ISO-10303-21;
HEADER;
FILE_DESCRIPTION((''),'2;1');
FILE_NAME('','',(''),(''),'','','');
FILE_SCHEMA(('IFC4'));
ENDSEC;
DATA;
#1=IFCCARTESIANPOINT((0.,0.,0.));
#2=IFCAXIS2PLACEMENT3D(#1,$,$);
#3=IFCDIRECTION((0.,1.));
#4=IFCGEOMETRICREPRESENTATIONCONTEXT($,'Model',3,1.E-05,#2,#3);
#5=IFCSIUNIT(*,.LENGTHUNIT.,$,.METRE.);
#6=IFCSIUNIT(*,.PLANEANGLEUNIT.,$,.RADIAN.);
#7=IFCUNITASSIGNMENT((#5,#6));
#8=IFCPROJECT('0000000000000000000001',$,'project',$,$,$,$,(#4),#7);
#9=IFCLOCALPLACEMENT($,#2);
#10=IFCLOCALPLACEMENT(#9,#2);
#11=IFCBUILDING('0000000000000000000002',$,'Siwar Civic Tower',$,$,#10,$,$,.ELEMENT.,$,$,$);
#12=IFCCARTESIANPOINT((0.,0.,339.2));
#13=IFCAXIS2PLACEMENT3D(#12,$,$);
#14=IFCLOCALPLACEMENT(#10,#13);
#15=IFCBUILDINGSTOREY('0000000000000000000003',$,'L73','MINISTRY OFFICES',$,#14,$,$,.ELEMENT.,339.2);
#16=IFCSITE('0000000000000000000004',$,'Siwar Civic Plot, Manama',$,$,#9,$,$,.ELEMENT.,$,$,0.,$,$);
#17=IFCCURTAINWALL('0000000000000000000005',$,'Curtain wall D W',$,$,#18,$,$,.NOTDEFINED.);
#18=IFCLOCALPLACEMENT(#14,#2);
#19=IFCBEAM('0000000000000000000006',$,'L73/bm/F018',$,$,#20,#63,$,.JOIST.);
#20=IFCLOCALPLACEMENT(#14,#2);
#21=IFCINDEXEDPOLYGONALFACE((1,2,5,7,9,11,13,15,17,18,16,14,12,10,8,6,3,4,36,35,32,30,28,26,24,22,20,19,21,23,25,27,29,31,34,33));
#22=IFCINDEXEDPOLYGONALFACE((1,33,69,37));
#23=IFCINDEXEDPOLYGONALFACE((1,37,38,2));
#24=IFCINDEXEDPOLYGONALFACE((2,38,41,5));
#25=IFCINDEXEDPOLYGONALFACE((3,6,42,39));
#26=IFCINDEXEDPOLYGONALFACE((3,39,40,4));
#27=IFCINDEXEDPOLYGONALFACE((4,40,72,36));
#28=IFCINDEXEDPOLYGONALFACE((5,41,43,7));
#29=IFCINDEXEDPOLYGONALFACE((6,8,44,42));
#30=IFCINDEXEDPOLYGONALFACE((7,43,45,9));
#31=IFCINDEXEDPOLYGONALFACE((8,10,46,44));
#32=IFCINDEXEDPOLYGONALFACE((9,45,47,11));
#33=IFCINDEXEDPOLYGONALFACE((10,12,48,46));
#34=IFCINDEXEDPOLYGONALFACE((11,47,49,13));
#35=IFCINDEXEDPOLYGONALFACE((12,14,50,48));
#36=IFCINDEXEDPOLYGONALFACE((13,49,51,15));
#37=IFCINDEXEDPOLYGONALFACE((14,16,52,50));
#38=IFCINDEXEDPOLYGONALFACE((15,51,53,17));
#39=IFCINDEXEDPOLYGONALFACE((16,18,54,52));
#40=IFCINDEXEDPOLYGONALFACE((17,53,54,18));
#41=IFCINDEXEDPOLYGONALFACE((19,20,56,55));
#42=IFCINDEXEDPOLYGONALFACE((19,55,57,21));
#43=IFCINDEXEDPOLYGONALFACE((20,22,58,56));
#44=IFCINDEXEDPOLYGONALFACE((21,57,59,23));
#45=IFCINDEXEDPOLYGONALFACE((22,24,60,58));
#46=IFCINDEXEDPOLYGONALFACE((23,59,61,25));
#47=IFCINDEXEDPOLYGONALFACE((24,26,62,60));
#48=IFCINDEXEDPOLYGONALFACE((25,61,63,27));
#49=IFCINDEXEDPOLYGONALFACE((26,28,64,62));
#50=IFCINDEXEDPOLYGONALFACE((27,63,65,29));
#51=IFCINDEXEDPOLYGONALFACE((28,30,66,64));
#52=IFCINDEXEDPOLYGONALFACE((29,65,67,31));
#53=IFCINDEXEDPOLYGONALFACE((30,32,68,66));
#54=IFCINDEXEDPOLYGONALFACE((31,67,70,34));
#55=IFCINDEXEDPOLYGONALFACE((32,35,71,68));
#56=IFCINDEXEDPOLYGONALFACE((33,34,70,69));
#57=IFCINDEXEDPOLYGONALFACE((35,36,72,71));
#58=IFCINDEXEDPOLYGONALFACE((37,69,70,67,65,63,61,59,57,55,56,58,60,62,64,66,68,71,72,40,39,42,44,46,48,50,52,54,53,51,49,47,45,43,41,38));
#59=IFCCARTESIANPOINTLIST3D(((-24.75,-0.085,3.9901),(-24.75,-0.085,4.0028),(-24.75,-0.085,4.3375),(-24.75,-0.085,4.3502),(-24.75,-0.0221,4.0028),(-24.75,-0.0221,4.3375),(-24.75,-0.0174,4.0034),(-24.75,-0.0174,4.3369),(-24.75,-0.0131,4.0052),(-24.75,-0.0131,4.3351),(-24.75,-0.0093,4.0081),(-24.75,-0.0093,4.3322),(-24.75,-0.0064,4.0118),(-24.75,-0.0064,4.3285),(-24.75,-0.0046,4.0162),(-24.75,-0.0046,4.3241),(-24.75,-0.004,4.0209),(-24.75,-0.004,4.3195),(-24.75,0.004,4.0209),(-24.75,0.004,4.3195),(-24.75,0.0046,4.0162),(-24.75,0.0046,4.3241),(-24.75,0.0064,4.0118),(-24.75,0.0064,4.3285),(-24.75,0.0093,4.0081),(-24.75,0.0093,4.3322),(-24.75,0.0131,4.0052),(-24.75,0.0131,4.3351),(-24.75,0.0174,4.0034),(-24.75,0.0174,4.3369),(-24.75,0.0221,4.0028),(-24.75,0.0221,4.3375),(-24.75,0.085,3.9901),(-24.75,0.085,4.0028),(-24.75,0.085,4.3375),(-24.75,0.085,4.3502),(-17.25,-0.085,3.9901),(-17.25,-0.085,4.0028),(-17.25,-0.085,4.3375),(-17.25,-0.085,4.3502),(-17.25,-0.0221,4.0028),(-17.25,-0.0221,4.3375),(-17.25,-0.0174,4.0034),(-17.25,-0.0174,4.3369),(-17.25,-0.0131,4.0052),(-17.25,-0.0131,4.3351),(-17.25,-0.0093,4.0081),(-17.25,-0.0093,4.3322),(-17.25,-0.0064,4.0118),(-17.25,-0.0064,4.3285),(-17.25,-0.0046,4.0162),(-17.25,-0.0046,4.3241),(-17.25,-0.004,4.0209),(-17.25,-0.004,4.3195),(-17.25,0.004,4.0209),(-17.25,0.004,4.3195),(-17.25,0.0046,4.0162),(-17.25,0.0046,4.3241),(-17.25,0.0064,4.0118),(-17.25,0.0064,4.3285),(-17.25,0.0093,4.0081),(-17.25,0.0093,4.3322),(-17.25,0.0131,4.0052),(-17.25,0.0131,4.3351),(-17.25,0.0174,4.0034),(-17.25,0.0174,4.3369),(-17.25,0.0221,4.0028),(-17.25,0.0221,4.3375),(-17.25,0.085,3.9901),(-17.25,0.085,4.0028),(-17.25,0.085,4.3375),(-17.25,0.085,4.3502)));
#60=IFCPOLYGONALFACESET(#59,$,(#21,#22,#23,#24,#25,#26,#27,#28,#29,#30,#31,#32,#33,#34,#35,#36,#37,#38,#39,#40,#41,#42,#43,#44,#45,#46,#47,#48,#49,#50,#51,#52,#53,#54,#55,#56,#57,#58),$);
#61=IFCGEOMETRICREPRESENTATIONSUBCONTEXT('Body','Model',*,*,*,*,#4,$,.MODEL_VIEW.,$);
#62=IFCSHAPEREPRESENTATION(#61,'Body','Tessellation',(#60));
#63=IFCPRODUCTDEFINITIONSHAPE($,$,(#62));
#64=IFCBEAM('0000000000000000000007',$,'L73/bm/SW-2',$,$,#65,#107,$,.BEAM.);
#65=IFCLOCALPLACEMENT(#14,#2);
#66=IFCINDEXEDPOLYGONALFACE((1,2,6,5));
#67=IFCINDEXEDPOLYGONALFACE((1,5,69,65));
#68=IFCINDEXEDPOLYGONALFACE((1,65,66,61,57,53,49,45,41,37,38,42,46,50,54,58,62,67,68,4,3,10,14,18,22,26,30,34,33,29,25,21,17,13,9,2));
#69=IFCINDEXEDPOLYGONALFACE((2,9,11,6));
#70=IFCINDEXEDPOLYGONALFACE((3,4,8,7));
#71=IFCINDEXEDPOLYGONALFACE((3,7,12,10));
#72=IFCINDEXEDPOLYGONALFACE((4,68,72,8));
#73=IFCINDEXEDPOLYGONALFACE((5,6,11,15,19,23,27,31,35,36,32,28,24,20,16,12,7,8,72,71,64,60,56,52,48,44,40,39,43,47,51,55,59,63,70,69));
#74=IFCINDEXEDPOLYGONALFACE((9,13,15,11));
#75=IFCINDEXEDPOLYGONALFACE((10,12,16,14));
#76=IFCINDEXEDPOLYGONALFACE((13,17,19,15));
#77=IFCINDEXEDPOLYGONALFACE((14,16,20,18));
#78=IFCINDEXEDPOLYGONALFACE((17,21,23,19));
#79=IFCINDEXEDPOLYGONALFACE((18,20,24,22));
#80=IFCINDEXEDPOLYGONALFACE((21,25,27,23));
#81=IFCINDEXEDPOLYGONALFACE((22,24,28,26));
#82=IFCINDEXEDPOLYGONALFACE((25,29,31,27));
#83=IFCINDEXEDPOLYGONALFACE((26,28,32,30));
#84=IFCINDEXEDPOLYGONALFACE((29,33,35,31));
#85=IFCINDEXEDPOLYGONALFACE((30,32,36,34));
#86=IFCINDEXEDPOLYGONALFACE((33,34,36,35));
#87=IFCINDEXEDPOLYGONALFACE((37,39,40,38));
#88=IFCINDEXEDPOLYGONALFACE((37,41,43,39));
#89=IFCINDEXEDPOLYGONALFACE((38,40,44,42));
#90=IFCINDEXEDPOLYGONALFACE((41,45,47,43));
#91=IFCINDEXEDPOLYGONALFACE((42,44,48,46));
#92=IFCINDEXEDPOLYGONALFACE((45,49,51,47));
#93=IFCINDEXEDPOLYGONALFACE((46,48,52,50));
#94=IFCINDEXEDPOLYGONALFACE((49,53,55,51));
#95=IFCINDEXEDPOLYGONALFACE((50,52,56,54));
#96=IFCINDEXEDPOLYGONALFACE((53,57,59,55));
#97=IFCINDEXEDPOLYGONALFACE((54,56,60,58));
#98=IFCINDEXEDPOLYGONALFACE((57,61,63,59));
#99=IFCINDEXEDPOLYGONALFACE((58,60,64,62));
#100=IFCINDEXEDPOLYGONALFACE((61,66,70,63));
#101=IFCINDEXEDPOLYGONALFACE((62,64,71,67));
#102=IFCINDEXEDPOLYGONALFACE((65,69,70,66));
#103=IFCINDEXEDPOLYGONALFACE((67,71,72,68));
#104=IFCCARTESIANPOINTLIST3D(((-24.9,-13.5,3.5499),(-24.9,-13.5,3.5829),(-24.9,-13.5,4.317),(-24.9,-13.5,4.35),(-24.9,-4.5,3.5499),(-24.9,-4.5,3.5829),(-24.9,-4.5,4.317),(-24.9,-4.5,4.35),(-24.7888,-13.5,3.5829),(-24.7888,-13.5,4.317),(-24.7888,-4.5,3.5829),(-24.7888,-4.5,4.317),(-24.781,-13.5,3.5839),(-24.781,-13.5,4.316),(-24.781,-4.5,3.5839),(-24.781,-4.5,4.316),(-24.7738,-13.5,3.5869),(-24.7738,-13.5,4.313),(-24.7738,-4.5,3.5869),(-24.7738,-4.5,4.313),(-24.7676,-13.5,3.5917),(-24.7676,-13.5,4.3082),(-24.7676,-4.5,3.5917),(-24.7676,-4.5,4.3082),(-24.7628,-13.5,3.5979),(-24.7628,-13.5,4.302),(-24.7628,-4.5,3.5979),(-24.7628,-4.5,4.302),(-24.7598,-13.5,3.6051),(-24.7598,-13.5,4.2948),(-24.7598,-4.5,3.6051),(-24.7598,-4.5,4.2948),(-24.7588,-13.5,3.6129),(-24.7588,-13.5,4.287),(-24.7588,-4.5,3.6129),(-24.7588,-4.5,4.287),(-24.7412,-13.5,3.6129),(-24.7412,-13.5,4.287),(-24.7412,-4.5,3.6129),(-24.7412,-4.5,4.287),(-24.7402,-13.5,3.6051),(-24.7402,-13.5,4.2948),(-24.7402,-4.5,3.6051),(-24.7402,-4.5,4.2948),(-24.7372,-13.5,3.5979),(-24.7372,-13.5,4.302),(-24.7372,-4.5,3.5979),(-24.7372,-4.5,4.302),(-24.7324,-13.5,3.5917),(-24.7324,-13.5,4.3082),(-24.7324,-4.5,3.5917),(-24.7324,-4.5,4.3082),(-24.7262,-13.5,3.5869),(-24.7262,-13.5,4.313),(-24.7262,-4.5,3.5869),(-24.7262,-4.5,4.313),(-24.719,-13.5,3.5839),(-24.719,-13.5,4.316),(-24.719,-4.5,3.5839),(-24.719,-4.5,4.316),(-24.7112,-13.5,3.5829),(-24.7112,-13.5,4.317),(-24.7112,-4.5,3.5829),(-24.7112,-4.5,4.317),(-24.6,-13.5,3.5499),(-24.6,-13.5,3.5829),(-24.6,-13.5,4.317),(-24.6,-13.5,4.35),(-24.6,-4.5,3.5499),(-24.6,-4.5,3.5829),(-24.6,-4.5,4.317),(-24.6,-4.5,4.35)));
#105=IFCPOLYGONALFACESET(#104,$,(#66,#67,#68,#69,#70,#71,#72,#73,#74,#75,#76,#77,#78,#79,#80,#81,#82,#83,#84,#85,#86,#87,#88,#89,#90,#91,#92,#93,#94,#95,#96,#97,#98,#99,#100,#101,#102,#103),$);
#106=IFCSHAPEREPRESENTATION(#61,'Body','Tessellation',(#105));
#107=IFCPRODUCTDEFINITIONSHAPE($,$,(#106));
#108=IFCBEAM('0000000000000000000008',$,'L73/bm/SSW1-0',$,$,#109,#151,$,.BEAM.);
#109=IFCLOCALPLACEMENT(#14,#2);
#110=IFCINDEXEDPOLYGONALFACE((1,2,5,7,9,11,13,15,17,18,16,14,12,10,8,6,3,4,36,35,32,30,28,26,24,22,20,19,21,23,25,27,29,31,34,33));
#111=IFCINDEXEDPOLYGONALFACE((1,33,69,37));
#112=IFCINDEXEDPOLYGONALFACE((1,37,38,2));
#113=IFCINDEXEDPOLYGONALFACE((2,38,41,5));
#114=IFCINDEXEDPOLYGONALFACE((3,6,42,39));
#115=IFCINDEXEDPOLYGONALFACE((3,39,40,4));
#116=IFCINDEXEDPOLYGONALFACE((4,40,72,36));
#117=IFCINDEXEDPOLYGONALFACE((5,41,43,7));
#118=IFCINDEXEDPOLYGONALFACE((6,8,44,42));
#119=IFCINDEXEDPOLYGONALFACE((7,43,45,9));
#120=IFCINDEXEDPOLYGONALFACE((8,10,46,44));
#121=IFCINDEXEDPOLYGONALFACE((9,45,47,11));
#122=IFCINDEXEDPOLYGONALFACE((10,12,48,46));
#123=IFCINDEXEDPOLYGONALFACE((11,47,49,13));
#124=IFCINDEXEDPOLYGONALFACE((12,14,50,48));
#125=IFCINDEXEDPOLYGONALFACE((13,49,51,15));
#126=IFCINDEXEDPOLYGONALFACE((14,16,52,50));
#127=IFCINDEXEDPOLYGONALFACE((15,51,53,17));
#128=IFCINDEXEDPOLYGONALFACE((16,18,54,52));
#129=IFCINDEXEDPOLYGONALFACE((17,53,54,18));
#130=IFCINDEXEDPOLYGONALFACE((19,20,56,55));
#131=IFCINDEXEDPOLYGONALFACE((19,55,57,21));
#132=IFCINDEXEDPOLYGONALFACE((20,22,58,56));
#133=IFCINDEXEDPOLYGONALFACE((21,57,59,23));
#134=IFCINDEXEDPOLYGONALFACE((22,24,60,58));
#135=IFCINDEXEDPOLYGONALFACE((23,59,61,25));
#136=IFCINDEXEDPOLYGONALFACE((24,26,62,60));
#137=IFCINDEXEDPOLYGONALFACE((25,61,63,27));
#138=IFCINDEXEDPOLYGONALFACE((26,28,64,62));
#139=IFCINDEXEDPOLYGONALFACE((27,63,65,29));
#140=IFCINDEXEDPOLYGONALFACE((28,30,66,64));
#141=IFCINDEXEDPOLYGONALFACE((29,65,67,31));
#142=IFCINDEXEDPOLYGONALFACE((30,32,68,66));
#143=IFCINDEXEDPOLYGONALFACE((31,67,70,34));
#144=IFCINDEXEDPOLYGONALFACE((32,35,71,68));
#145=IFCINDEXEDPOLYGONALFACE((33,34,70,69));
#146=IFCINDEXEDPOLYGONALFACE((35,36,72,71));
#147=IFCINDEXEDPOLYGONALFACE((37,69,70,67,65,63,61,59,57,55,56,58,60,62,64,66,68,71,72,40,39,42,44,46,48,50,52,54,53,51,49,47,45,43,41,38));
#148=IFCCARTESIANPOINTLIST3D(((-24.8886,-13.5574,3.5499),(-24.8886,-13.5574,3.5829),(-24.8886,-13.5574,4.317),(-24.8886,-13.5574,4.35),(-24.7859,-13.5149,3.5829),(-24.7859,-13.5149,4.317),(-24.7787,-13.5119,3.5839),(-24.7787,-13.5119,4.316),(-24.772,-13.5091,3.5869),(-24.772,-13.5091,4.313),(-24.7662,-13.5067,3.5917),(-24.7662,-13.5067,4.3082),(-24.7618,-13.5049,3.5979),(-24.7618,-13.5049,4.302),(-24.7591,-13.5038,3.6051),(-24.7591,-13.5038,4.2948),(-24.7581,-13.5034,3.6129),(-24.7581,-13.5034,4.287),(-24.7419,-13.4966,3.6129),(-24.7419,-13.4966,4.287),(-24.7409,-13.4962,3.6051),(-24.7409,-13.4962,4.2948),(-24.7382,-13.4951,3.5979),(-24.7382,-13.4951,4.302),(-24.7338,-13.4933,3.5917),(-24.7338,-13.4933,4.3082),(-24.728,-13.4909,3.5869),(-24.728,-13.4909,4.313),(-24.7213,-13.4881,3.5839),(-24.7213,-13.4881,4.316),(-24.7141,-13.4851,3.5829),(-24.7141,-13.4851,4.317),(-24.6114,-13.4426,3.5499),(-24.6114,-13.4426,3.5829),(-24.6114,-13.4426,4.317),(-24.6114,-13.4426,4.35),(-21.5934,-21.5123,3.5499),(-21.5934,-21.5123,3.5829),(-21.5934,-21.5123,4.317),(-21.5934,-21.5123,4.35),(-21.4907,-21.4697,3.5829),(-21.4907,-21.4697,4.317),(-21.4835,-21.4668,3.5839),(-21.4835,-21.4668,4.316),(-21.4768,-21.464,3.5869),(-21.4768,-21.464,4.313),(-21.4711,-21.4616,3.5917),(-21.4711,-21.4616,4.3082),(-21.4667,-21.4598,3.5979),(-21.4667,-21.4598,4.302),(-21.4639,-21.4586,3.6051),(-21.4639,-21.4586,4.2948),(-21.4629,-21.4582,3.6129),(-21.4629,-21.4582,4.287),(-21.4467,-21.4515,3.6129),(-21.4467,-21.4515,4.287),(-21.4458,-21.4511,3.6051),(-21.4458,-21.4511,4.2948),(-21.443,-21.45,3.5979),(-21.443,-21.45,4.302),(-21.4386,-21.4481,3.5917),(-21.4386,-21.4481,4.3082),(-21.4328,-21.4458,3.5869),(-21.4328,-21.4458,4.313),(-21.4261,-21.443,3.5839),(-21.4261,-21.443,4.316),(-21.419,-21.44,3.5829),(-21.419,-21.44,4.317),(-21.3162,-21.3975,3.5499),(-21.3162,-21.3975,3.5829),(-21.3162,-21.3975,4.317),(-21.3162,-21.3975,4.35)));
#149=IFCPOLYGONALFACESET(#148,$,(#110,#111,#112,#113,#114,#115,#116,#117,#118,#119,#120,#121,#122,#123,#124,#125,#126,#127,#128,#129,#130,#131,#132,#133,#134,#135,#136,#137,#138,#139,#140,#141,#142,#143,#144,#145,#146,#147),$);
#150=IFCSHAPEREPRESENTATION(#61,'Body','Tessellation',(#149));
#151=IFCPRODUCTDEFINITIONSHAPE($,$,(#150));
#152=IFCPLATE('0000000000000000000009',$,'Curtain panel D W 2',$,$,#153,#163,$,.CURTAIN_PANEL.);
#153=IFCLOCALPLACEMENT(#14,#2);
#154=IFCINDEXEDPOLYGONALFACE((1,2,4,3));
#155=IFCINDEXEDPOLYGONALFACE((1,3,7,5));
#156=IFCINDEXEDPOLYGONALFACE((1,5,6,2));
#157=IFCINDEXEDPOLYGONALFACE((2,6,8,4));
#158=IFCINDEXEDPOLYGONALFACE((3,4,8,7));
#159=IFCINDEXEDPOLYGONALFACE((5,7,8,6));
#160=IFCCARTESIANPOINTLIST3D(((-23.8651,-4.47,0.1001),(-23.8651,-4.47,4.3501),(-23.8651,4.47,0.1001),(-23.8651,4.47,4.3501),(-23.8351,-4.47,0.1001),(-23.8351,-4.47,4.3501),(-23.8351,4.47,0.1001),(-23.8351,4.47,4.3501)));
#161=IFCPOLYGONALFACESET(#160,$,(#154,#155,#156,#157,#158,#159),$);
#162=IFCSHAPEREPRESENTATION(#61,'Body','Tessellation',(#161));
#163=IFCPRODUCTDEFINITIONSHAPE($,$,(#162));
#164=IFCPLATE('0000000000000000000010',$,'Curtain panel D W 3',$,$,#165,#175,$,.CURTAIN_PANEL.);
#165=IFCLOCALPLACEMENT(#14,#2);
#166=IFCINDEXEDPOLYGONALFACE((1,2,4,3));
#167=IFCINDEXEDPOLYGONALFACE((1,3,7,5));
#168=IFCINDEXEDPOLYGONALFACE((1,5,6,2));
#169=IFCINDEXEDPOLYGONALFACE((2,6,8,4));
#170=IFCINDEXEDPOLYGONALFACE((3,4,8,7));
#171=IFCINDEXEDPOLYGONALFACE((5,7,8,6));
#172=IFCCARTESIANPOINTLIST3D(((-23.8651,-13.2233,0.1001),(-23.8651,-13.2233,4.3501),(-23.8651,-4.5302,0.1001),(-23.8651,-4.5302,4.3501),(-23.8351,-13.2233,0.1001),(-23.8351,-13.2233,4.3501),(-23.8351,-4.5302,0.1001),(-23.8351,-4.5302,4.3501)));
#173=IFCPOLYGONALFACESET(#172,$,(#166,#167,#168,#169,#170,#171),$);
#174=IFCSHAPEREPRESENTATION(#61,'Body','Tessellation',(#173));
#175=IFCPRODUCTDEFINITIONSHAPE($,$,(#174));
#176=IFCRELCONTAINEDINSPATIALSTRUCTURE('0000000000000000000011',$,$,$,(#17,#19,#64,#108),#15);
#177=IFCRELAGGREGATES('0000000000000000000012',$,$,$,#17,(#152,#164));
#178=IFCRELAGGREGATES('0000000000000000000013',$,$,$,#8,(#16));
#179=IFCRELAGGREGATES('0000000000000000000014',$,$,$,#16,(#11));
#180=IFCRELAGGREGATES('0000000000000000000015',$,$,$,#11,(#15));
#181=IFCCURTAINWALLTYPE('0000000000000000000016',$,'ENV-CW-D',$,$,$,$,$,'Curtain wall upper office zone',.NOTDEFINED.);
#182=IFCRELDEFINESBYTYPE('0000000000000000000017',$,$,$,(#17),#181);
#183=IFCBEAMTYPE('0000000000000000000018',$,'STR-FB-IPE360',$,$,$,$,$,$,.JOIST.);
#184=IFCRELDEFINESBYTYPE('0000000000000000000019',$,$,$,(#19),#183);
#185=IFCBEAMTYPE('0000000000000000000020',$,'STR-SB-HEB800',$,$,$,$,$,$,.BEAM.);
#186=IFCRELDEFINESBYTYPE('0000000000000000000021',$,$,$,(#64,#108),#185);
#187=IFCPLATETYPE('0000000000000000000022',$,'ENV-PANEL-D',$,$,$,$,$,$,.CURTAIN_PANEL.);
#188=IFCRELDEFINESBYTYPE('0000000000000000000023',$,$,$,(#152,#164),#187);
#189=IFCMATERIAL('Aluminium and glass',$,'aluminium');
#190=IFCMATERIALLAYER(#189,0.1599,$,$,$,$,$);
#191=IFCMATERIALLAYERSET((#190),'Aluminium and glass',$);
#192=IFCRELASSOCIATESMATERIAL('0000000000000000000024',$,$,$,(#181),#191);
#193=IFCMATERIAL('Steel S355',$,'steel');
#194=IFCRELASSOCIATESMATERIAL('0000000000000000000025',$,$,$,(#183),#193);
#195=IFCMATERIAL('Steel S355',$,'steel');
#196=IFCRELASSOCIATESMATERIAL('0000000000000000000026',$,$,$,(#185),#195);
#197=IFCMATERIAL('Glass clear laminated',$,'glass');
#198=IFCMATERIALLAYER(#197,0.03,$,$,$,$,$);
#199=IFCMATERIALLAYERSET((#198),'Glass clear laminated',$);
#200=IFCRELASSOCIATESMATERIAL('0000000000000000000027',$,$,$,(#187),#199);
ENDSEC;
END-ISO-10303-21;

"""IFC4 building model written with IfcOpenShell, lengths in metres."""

from ifc_helpers import new_model, si_unit, direction, frame, origin, origin_2d, place, context, subcontext, project, spatial, rectangle, i_section, extrude, material, layer, layer_set, material_profile, profile_set, type_object, element, aggregate, save


model = new_model("IFC4")

# Units and contexts
model_context = context("Model", 3, precision=1e-05, world=origin(), true_north=direction((0.0, 1.0)))
body_context = subcontext(model_context, "Body", "Model", "MODEL_VIEW")
ifc_project = project(units=[si_unit("LENGTHUNIT", "METRE"), si_unit("PLANEANGLEUNIT", "RADIAN")], contexts=[model_context])

# Site, building, storey
site_placement = place(None, origin())
site = spatial("IfcSite", under=ifc_project, at=site_placement, Name="Siwar Civic Plot, Manama", CompositionType="ELEMENT", RefElevation=0.0)
building_placement = place(site_placement, origin())
building = spatial("IfcBuilding", under=site, at=building_placement, Name="Siwar Civic Tower", CompositionType="ELEMENT")
storey_placement = place(building_placement, frame((0.0, 0.0, 339.2)))
storey = spatial("IfcBuildingStorey", under=building, at=storey_placement, Name="L73", Description="MINISTRY OFFICES", CompositionType="ELEMENT", Elevation=339.2)

# Curtain wall
ifc_material_1 = material(Name="Aluminium and glass", Category="aluminium")
ifc_layer_1 = layer(ifc_material_1, 0.1599)
ifc_layer_set_1 = layer_set([ifc_layer_1], Name="Aluminium and glass")
curtain_wall_type_1 = type_object("IfcCurtainWallType", Name="ENV-CW-D", ElementType="Curtain wall upper office zone", PredefinedType="NOTDEFINED", material=ifc_layer_set_1)
curtain_wall_1_placement = place(storey_placement, origin())
curtain_wall_1 = element("IfcCurtainWall", 1, at=curtain_wall_1_placement, inside=storey, type_object=curtain_wall_type_1, Name="Curtain wall D W", PredefinedType="NOTDEFINED")

# Beams
ifc_material_2 = material(Name="Steel S355", Category="steel")
ifc_material_profile_1 = material_profile(ifc_material_2, i_section(OverallWidth=0.1699, OverallDepth=0.3601, WebThickness=0.0081, FlangeThickness=0.0127, FilletRadius=0.0181, at=origin_2d()), Name="IPE360")
ifc_profile_set_1 = profile_set([ifc_material_profile_1], Name="Steel S355")
beam_type_1 = type_object("IfcBeamType", Name="STR-FB-IPE360", PredefinedType="JOIST", material=ifc_profile_set_1)
for number, where, z_axis, x_axis, name in (
    (2, (-24.75, 0.0, 4.1702), (1.0, 0.0, 0.0), (0.0, 1.0, 0.0), "L73/bm/F018"),
):
    element("IfcBeam", number, at=place(storey_placement, frame(where, z_axis=z_axis, x_axis=x_axis)), inside=storey, type_object=beam_type_1, Name=name, PredefinedType="JOIST", context=body_context, shape_type="SweptSolid", body=[
        extrude(i_section(OverallWidth=0.1699, OverallDepth=0.3601, WebThickness=0.0081, FlangeThickness=0.0127, FilletRadius=0.0181, at=origin_2d()), origin(), (0.0, 0.0, 1.0), 7.5),
    ])
ifc_material_3 = material(Name="Steel S355", Category="steel")
ifc_material_profile_2 = material_profile(ifc_material_3, i_section(OverallWidth=0.3, OverallDepth=0.8, WebThickness=0.0176, FlangeThickness=0.033, FilletRadius=0.03, at=origin_2d()), Name="HEB800")
ifc_profile_set_2 = profile_set([ifc_material_profile_2], Name="Steel S355")
beam_type_2 = type_object("IfcBeamType", Name="STR-SB-HEB800", PredefinedType="BEAM", material=ifc_profile_set_2)
beam_1_placement = place(storey_placement, frame((-24.75, -4.5, 3.95), z_axis=(0.0, -1.0, 0.0), x_axis=(1.0, 0.0, 0.0)))
element("IfcBeam", 3, at=beam_1_placement, inside=storey, type_object=beam_type_2, Name="L73/bm/SW-2", PredefinedType="BEAM", context=body_context, shape_type="SweptSolid", body=[
    extrude(i_section(OverallWidth=0.3, OverallDepth=0.8, WebThickness=0.0176, FlangeThickness=0.033, FilletRadius=0.03, at=origin_2d()), origin(), (0.0, 0.0, 1.0), 9.0),
])
beam_2_placement = place(storey_placement, frame((-24.75, -13.5, 3.95), z_axis=(0.3827, -0.923873, 0.0), x_axis=(0.923873, 0.3827, 0.0)))
element("IfcBeam", 4, at=beam_2_placement, inside=storey, type_object=beam_type_2, Name="L73/bm/SSW1-0", PredefinedType="BEAM", context=body_context, shape_type="SweptSolid", body=[
    extrude(i_section(OverallWidth=0.3, OverallDepth=0.8, WebThickness=0.0176, FlangeThickness=0.033, FilletRadius=0.03, at=origin_2d()), origin(), (0.0, 0.0, 1.0), 8.6104),
])

# Plates
ifc_material_4 = material(Name="Glass clear laminated", Category="glass")
ifc_layer_2 = layer(ifc_material_4, 0.03)
ifc_layer_set_2 = layer_set([ifc_layer_2], Name="Glass clear laminated")
plate_type = type_object("IfcPlateType", Name="ENV-PANEL-D", PredefinedType="CURTAIN_PANEL", material=ifc_layer_set_2)
plate_1_placement = place(storey_placement, frame((-23.8501, 0.0, 0.1001), z_axis=(0.0, 0.0, 1.0), x_axis=(0.0, -1.0, 0.0)))
plate_1 = element("IfcPlate", 5, at=plate_1_placement, type_object=plate_type, Name="Curtain panel D W 2", PredefinedType="CURTAIN_PANEL", context=body_context, shape_type="SweptSolid", body=[
    extrude(rectangle(XDim=8.9399, YDim=0.03, at=origin_2d()), origin(), (0.0, 0.0, 1.0), 4.25),
])
plate_2_placement = place(storey_placement, frame((-23.8501, -8.8767, 0.1001), z_axis=(0.0, 0.0, 1.0), x_axis=(0.0, -1.0, 0.0)))
plate_2 = element("IfcPlate", 6, at=plate_2_placement, type_object=plate_type, Name="Curtain panel D W 3", PredefinedType="CURTAIN_PANEL", context=body_context, shape_type="SweptSolid", body=[
    extrude(rectangle(XDim=8.6931, YDim=0.03, at=origin_2d()), origin(), (0.0, 0.0, 1.0), 4.25),
])
aggregate(curtain_wall_1, [plate_1, plate_2])

save(model, "model.ifc")
